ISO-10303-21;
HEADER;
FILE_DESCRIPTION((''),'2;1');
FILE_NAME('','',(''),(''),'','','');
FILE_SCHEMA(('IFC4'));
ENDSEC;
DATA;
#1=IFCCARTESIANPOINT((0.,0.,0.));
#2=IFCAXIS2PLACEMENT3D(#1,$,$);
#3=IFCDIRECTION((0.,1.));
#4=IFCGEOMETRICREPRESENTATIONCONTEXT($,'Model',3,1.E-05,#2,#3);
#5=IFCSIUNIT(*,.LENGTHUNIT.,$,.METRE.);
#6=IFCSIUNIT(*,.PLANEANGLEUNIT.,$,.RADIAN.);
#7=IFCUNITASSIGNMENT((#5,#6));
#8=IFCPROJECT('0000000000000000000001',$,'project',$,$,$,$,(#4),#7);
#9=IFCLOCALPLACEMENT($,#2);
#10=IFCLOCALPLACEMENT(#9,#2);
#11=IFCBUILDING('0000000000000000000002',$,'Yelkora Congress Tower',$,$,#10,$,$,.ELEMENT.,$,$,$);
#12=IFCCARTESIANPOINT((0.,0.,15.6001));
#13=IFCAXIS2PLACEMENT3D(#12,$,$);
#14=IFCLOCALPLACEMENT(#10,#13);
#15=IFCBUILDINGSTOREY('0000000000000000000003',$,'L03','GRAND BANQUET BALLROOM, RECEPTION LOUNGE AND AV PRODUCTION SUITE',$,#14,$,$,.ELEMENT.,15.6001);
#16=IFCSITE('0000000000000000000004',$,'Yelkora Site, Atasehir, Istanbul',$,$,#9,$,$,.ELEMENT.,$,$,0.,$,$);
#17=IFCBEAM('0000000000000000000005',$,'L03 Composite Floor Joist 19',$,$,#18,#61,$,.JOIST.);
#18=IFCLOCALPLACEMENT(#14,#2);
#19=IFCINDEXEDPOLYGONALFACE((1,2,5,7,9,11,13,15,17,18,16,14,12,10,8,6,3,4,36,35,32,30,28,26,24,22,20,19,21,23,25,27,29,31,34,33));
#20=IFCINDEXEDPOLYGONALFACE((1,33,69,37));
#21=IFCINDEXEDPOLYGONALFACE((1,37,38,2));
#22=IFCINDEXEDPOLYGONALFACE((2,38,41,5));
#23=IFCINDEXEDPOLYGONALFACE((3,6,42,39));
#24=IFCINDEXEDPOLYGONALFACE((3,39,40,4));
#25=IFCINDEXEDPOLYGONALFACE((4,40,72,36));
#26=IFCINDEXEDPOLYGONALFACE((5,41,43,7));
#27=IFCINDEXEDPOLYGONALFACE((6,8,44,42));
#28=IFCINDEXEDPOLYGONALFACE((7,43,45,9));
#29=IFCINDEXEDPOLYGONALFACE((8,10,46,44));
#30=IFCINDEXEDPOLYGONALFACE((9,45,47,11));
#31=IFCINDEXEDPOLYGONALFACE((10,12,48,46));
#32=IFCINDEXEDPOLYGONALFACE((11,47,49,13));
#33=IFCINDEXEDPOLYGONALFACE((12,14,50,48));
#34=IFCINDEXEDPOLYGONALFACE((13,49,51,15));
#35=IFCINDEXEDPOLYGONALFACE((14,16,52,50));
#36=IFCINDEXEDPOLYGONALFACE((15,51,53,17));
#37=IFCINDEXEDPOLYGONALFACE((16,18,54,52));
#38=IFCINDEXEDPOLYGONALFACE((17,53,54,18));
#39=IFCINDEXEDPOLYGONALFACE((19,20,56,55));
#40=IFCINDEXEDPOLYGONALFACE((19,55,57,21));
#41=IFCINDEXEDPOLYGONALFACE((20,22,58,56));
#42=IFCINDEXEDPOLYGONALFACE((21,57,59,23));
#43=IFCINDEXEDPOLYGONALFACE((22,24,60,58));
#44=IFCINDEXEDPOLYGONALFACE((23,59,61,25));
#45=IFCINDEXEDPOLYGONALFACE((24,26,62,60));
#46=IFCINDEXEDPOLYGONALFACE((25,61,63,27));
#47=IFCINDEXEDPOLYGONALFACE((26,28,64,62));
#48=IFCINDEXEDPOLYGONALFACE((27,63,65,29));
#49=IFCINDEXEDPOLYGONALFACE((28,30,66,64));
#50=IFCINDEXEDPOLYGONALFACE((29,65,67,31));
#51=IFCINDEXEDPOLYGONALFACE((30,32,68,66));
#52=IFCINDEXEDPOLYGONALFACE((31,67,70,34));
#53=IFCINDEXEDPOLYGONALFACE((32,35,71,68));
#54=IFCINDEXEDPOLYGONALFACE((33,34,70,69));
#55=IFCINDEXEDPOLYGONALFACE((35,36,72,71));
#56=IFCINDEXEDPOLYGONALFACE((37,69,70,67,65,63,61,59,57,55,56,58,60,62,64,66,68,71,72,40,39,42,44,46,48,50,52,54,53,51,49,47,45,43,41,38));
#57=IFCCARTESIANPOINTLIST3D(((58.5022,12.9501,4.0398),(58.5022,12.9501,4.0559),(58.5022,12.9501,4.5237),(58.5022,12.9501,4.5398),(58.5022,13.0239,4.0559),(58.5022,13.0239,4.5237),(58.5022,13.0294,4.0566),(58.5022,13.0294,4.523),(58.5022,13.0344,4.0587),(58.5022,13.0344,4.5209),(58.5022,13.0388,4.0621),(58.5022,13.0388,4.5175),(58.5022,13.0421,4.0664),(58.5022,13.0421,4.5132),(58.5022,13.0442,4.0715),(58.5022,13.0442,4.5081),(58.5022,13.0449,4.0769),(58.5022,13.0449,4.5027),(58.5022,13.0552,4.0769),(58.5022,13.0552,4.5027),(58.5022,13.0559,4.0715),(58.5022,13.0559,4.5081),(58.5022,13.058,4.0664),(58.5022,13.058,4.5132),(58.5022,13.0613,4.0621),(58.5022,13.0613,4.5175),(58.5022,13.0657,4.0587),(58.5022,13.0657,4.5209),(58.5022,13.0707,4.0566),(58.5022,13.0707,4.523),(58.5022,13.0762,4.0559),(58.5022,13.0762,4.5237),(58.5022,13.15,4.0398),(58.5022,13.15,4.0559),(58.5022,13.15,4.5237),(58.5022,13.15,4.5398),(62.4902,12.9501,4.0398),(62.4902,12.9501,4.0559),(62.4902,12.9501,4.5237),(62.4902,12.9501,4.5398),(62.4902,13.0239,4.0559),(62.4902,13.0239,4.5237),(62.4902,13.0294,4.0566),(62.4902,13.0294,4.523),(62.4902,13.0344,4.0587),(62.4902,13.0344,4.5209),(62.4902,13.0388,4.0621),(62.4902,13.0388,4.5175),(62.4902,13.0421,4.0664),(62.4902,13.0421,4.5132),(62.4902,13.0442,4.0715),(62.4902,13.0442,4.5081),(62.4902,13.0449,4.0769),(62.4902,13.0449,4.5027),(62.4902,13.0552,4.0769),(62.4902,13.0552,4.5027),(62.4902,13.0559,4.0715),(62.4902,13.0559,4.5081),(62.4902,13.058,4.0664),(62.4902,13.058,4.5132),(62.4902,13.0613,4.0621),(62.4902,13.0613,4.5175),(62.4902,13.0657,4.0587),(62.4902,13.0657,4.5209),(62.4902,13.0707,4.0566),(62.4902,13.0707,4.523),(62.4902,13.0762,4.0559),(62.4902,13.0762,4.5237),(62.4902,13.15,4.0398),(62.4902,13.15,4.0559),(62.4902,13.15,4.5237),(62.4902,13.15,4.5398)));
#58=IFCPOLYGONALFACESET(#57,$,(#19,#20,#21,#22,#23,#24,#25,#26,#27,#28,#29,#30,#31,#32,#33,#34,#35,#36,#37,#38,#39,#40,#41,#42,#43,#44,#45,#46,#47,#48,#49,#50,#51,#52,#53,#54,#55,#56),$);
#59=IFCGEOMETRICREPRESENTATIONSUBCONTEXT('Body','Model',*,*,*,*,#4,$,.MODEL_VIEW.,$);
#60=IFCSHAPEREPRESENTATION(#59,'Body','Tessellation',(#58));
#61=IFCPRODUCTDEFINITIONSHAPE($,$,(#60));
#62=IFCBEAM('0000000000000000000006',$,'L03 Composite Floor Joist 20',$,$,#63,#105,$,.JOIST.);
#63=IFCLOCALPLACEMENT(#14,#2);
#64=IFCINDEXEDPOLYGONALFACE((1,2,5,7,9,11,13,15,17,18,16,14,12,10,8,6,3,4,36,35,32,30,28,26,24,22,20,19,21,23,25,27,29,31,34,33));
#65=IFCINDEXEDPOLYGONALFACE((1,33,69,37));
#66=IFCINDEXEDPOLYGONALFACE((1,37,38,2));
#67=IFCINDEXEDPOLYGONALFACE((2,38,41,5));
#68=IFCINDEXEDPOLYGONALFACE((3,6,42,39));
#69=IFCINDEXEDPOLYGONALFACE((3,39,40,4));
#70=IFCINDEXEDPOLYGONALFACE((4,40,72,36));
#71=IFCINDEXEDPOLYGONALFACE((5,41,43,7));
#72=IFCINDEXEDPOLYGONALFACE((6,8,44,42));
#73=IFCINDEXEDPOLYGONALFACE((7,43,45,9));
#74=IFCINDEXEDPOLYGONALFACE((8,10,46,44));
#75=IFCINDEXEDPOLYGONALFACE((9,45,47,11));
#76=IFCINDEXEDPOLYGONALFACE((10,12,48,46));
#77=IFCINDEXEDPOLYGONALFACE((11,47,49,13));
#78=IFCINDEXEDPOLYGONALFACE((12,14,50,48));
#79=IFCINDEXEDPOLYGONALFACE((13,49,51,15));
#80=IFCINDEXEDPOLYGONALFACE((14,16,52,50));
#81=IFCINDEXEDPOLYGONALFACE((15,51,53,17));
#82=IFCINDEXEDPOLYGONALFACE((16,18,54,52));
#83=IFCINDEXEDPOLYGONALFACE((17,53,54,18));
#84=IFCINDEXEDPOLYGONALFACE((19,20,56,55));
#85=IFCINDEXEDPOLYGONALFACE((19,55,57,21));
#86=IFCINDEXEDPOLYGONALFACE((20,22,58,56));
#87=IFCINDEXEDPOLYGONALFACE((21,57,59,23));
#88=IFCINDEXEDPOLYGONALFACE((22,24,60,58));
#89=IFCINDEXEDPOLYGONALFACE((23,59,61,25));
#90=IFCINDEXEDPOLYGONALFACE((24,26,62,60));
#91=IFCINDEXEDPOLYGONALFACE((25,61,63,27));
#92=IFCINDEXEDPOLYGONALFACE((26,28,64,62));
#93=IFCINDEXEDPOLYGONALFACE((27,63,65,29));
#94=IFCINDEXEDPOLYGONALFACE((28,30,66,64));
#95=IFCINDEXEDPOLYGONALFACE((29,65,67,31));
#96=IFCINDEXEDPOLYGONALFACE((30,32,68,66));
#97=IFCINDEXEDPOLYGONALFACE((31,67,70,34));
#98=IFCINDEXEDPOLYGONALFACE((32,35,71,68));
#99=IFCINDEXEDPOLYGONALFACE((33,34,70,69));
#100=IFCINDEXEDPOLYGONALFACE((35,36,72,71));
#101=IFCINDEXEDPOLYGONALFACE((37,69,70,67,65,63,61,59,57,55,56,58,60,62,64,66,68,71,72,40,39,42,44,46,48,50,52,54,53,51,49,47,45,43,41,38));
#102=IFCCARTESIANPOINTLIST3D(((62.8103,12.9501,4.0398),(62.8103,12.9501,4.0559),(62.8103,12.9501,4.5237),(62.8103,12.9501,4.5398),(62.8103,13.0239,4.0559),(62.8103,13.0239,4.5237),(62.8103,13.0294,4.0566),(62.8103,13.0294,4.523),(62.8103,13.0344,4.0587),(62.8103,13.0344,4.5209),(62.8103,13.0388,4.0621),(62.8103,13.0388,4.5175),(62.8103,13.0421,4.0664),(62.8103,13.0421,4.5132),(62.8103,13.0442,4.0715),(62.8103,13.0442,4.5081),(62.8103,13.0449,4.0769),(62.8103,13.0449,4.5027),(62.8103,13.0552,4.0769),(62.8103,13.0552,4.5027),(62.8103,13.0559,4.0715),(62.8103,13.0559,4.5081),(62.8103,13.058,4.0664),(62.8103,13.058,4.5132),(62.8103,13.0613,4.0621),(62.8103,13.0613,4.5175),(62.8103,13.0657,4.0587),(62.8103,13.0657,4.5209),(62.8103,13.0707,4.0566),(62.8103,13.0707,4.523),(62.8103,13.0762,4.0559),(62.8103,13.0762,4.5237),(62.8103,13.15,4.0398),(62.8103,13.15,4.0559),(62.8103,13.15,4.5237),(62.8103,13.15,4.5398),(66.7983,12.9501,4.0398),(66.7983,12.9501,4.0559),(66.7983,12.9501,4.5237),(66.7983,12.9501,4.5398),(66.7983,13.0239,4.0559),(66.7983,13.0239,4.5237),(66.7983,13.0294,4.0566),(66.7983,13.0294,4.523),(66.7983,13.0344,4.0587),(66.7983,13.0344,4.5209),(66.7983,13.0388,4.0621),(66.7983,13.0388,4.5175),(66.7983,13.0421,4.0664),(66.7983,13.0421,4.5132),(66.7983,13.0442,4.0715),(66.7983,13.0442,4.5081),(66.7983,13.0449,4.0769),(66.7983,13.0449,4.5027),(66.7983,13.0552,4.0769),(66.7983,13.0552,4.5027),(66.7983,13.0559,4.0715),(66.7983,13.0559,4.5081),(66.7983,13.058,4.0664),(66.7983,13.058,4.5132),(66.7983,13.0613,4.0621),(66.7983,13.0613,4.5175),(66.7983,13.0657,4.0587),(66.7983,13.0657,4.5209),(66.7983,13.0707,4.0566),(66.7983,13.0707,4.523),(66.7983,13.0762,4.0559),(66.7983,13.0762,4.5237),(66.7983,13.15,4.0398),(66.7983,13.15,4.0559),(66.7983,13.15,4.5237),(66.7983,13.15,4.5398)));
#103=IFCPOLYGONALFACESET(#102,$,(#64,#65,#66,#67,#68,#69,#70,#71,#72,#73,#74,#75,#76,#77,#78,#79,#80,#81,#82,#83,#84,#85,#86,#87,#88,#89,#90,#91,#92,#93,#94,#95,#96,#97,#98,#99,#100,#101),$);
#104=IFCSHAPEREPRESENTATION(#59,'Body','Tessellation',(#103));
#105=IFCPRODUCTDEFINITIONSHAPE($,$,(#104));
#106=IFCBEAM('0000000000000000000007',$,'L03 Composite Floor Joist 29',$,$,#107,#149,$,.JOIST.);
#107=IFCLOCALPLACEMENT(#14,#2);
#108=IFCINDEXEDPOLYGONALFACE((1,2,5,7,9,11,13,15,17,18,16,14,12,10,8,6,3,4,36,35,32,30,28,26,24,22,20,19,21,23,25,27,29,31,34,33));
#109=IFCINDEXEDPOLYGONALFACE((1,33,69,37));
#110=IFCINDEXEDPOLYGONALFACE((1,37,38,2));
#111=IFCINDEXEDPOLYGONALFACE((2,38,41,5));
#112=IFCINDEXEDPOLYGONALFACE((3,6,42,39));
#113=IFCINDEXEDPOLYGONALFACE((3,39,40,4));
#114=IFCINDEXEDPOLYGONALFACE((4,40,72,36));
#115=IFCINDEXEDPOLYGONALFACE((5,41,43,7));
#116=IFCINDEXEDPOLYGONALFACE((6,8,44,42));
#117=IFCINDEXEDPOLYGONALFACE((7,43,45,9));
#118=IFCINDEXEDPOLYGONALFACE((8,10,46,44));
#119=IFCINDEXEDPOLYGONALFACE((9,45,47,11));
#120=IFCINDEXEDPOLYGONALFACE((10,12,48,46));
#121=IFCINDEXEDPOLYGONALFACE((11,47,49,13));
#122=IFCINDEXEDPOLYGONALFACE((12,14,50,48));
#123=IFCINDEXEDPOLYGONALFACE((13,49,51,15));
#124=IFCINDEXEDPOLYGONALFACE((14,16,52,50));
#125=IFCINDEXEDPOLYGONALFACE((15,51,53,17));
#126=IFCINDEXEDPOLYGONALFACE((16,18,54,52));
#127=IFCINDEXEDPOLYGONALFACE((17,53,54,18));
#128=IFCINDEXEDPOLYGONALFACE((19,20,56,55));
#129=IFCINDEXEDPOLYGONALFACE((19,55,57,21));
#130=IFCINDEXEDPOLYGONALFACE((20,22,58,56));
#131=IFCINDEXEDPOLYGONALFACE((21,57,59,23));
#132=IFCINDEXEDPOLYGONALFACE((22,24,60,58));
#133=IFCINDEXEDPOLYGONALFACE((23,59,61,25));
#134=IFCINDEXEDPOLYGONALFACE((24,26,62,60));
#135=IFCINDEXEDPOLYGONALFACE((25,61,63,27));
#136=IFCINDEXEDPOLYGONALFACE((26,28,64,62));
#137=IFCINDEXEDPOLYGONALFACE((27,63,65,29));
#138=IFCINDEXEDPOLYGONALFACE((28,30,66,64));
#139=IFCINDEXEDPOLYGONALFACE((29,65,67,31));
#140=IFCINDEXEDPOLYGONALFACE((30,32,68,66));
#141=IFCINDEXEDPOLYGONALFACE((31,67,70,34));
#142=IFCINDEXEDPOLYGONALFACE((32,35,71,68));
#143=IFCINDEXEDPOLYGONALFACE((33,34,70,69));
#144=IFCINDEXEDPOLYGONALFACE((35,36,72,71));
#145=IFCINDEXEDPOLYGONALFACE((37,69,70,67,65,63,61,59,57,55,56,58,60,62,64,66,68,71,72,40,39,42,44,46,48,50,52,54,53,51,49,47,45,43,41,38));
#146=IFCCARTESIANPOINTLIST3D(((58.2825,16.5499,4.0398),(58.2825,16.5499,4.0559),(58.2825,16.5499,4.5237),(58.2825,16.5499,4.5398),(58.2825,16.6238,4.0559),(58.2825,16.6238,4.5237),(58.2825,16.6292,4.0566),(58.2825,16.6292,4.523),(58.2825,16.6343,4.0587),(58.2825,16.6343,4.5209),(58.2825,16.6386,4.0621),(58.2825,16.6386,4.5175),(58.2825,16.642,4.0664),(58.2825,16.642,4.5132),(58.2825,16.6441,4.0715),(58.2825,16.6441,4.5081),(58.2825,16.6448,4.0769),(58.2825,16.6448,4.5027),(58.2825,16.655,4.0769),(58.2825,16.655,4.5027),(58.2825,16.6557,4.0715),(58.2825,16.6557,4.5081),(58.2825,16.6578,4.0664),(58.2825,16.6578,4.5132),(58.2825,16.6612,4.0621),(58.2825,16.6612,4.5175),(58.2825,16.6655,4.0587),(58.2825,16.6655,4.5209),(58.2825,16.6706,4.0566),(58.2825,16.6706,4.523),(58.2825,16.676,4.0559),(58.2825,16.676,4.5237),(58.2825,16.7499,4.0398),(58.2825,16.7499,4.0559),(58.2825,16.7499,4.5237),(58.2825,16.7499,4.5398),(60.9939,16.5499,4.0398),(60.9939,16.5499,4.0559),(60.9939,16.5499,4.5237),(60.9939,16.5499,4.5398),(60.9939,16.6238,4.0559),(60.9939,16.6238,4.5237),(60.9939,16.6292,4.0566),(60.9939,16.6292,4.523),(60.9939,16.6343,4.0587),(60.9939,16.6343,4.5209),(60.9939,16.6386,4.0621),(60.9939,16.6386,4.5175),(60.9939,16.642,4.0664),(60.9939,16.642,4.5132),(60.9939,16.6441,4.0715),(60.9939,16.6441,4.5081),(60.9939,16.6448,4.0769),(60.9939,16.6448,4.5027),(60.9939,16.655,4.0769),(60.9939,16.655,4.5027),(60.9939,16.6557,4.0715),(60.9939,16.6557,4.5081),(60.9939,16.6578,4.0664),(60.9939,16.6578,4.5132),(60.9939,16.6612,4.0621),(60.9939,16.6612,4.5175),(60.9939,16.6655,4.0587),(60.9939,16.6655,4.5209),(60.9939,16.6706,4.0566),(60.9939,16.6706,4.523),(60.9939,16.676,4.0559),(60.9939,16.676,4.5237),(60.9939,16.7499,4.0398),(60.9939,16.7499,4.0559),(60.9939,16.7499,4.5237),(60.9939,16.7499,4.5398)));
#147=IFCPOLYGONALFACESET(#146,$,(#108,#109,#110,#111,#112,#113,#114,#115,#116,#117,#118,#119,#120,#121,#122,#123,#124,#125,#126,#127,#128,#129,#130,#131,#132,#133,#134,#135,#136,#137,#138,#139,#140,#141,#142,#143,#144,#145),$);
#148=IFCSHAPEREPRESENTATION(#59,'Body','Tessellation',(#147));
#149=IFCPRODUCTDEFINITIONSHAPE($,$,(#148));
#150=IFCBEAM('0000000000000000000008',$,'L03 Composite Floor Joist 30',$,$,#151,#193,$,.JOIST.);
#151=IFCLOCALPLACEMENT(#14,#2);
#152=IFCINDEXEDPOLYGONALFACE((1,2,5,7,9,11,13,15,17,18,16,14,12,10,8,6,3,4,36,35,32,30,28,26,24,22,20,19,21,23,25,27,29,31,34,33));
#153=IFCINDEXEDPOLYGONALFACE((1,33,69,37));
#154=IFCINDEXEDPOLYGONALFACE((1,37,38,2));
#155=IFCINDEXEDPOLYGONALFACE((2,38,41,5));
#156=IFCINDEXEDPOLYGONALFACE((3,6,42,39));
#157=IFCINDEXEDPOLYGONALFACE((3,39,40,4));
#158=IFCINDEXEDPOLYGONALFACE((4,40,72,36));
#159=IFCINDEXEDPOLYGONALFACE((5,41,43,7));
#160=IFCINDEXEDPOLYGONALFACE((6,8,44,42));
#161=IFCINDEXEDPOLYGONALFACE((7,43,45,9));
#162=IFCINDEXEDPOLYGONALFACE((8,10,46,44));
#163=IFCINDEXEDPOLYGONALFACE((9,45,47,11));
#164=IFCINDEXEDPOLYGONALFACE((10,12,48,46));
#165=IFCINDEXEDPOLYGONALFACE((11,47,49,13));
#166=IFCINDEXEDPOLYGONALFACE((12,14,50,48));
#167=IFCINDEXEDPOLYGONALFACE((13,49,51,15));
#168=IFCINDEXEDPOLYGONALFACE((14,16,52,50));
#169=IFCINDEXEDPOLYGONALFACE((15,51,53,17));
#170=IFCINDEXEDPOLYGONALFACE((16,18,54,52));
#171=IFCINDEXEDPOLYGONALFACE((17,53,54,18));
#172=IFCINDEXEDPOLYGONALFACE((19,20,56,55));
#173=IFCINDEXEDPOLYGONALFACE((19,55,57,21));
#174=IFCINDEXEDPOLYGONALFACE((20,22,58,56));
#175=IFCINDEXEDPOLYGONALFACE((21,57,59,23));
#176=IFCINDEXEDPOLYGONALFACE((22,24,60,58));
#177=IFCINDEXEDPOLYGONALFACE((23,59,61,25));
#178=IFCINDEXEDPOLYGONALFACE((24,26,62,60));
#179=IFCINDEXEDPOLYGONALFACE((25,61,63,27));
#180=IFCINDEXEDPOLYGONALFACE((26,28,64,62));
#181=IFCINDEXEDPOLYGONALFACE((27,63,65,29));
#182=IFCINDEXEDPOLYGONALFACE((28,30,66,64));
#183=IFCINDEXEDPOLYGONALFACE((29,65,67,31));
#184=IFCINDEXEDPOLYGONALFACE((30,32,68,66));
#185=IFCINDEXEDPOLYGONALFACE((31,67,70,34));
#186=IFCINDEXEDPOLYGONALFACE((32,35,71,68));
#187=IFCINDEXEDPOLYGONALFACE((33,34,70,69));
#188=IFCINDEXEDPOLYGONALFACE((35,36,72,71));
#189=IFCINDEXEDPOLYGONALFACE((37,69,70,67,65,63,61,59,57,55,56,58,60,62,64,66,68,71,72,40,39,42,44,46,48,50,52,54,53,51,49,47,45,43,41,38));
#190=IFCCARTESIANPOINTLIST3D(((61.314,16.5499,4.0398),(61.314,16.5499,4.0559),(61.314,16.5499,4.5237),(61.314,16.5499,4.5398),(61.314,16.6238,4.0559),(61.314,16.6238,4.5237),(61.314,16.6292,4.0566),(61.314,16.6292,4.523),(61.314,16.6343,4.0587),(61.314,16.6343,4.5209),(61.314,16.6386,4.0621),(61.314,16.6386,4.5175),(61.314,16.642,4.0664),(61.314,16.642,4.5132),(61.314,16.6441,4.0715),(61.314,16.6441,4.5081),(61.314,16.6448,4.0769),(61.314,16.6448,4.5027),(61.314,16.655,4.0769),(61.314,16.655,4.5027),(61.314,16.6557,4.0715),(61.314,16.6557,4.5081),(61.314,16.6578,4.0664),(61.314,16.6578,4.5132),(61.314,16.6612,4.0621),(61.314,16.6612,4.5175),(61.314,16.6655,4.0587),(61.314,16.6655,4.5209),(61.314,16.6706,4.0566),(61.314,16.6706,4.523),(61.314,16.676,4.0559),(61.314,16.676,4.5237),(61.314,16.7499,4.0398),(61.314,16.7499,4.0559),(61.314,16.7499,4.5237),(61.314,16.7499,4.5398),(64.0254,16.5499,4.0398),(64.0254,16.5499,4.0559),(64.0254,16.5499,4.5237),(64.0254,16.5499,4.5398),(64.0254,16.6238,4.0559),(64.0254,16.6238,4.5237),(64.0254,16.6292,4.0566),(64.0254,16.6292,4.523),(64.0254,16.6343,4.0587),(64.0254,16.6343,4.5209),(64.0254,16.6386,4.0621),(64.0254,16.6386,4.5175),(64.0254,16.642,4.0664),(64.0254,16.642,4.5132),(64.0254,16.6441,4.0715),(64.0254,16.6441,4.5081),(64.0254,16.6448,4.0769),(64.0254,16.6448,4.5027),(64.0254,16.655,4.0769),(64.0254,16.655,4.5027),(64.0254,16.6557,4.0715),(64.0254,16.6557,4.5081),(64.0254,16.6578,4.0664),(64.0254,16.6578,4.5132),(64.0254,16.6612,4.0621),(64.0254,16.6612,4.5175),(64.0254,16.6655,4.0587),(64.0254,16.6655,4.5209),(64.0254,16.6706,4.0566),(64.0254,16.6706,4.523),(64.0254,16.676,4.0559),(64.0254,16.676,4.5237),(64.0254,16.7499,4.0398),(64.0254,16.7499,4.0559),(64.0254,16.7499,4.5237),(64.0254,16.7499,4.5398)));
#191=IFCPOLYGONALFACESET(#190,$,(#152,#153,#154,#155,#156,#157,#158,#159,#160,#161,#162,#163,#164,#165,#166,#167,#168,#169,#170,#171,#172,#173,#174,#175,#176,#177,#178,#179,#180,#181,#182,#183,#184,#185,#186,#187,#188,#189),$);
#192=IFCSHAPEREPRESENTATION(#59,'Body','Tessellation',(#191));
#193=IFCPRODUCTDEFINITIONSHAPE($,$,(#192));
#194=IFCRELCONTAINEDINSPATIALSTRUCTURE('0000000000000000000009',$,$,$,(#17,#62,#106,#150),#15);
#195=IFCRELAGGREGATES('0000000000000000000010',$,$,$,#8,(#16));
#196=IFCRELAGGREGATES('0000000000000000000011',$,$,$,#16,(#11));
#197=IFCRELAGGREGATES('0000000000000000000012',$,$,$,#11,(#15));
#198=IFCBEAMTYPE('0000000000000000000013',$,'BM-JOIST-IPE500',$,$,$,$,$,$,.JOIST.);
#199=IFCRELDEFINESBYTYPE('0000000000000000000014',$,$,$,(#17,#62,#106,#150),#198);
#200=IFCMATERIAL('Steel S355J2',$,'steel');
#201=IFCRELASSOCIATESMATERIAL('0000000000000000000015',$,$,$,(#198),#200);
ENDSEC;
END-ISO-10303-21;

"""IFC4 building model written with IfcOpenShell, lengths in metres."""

from ifc_helpers import new_model, si_unit, direction, frame, origin, origin_2d, place, context, subcontext, project, spatial, i_section, extrude, material, material_profile, profile_set, type_object, element, save


model = new_model("IFC4")

# Units and contexts
model_context = context("Model", 3, precision=1e-05, world=origin(), true_north=direction((0.0, 1.0)))
body_context = subcontext(model_context, "Body", "Model", "MODEL_VIEW")
ifc_project = project(units=[si_unit("LENGTHUNIT", "METRE"), si_unit("PLANEANGLEUNIT", "RADIAN")], contexts=[model_context])

# Site, building, storey
site_placement = place(None, origin())
site = spatial("IfcSite", under=ifc_project, at=site_placement, Name="Yelkora Site, Atasehir, Istanbul", CompositionType="ELEMENT", RefElevation=0.0)
building_placement = place(site_placement, origin())
building = spatial("IfcBuilding", under=site, at=building_placement, Name="Yelkora Congress Tower", CompositionType="ELEMENT")
storey_placement = place(building_placement, frame((0.0, 0.0, 15.6001)))
storey = spatial("IfcBuildingStorey", under=building, at=storey_placement, Name="L03", Description="GRAND BANQUET BALLROOM, RECEPTION LOUNGE AND AV PRODUCTION SUITE", CompositionType="ELEMENT", Elevation=15.6001)

# Beams
ifc_material_1 = material(Name="Steel S355J2", Category="steel")
ifc_material_profile_1 = material_profile(ifc_material_1, i_section(OverallWidth=0.2, OverallDepth=0.5, WebThickness=0.0103, FlangeThickness=0.0161, FilletRadius=0.021, at=origin_2d()), Name="IPE 500")
ifc_profile_set_1 = profile_set([ifc_material_profile_1], Name="Steel S355J2")
beam_type_1 = type_object("IfcBeamType", Name="BM-JOIST-IPE500", PredefinedType="JOIST", material=ifc_profile_set_1)
for number, where, z_axis, x_axis, name in (
    (1, (58.5022, 13.05, 4.2898), (1.0, 0.0, 0.0), (0.0, 1.0, 0.0), "L03 Composite Floor Joist 19"),
    (2, (62.8103, 13.05, 4.2898), (1.0, 0.0, 0.0), (0.0, 1.0, 0.0), "L03 Composite Floor Joist 20"),
):
    element("IfcBeam", number, at=place(storey_placement, frame(where, z_axis=z_axis, x_axis=x_axis)), inside=storey, type_object=beam_type_1, Name=name, PredefinedType="JOIST", context=body_context, shape_type="SweptSolid", body=[
        extrude(i_section(OverallWidth=0.2, OverallDepth=0.5, WebThickness=0.0103, FlangeThickness=0.0161, FilletRadius=0.021, at=origin_2d()), origin(), (0.0, 0.0, 1.0), 3.988),
    ])
for number, where, z_axis, x_axis, name in (
    (3, (58.2825, 16.6499, 4.2898), (1.0, 0.0, 0.0), (0.0, 1.0, 0.0), "L03 Composite Floor Joist 29"),
    (4, (61.314, 16.6499, 4.2898), (1.0, 0.0, 0.0), (0.0, 1.0, 0.0), "L03 Composite Floor Joist 30"),
):
    element("IfcBeam", number, at=place(storey_placement, frame(where, z_axis=z_axis, x_axis=x_axis)), inside=storey, type_object=beam_type_1, Name=name, PredefinedType="JOIST", context=body_context, shape_type="SweptSolid", body=[
        extrude(i_section(OverallWidth=0.2, OverallDepth=0.5, WebThickness=0.0103, FlangeThickness=0.0161, FilletRadius=0.021, at=origin_2d()), origin(), (0.0, 0.0, 1.0), 2.7114),
    ])

save(model, "model.ifc")
